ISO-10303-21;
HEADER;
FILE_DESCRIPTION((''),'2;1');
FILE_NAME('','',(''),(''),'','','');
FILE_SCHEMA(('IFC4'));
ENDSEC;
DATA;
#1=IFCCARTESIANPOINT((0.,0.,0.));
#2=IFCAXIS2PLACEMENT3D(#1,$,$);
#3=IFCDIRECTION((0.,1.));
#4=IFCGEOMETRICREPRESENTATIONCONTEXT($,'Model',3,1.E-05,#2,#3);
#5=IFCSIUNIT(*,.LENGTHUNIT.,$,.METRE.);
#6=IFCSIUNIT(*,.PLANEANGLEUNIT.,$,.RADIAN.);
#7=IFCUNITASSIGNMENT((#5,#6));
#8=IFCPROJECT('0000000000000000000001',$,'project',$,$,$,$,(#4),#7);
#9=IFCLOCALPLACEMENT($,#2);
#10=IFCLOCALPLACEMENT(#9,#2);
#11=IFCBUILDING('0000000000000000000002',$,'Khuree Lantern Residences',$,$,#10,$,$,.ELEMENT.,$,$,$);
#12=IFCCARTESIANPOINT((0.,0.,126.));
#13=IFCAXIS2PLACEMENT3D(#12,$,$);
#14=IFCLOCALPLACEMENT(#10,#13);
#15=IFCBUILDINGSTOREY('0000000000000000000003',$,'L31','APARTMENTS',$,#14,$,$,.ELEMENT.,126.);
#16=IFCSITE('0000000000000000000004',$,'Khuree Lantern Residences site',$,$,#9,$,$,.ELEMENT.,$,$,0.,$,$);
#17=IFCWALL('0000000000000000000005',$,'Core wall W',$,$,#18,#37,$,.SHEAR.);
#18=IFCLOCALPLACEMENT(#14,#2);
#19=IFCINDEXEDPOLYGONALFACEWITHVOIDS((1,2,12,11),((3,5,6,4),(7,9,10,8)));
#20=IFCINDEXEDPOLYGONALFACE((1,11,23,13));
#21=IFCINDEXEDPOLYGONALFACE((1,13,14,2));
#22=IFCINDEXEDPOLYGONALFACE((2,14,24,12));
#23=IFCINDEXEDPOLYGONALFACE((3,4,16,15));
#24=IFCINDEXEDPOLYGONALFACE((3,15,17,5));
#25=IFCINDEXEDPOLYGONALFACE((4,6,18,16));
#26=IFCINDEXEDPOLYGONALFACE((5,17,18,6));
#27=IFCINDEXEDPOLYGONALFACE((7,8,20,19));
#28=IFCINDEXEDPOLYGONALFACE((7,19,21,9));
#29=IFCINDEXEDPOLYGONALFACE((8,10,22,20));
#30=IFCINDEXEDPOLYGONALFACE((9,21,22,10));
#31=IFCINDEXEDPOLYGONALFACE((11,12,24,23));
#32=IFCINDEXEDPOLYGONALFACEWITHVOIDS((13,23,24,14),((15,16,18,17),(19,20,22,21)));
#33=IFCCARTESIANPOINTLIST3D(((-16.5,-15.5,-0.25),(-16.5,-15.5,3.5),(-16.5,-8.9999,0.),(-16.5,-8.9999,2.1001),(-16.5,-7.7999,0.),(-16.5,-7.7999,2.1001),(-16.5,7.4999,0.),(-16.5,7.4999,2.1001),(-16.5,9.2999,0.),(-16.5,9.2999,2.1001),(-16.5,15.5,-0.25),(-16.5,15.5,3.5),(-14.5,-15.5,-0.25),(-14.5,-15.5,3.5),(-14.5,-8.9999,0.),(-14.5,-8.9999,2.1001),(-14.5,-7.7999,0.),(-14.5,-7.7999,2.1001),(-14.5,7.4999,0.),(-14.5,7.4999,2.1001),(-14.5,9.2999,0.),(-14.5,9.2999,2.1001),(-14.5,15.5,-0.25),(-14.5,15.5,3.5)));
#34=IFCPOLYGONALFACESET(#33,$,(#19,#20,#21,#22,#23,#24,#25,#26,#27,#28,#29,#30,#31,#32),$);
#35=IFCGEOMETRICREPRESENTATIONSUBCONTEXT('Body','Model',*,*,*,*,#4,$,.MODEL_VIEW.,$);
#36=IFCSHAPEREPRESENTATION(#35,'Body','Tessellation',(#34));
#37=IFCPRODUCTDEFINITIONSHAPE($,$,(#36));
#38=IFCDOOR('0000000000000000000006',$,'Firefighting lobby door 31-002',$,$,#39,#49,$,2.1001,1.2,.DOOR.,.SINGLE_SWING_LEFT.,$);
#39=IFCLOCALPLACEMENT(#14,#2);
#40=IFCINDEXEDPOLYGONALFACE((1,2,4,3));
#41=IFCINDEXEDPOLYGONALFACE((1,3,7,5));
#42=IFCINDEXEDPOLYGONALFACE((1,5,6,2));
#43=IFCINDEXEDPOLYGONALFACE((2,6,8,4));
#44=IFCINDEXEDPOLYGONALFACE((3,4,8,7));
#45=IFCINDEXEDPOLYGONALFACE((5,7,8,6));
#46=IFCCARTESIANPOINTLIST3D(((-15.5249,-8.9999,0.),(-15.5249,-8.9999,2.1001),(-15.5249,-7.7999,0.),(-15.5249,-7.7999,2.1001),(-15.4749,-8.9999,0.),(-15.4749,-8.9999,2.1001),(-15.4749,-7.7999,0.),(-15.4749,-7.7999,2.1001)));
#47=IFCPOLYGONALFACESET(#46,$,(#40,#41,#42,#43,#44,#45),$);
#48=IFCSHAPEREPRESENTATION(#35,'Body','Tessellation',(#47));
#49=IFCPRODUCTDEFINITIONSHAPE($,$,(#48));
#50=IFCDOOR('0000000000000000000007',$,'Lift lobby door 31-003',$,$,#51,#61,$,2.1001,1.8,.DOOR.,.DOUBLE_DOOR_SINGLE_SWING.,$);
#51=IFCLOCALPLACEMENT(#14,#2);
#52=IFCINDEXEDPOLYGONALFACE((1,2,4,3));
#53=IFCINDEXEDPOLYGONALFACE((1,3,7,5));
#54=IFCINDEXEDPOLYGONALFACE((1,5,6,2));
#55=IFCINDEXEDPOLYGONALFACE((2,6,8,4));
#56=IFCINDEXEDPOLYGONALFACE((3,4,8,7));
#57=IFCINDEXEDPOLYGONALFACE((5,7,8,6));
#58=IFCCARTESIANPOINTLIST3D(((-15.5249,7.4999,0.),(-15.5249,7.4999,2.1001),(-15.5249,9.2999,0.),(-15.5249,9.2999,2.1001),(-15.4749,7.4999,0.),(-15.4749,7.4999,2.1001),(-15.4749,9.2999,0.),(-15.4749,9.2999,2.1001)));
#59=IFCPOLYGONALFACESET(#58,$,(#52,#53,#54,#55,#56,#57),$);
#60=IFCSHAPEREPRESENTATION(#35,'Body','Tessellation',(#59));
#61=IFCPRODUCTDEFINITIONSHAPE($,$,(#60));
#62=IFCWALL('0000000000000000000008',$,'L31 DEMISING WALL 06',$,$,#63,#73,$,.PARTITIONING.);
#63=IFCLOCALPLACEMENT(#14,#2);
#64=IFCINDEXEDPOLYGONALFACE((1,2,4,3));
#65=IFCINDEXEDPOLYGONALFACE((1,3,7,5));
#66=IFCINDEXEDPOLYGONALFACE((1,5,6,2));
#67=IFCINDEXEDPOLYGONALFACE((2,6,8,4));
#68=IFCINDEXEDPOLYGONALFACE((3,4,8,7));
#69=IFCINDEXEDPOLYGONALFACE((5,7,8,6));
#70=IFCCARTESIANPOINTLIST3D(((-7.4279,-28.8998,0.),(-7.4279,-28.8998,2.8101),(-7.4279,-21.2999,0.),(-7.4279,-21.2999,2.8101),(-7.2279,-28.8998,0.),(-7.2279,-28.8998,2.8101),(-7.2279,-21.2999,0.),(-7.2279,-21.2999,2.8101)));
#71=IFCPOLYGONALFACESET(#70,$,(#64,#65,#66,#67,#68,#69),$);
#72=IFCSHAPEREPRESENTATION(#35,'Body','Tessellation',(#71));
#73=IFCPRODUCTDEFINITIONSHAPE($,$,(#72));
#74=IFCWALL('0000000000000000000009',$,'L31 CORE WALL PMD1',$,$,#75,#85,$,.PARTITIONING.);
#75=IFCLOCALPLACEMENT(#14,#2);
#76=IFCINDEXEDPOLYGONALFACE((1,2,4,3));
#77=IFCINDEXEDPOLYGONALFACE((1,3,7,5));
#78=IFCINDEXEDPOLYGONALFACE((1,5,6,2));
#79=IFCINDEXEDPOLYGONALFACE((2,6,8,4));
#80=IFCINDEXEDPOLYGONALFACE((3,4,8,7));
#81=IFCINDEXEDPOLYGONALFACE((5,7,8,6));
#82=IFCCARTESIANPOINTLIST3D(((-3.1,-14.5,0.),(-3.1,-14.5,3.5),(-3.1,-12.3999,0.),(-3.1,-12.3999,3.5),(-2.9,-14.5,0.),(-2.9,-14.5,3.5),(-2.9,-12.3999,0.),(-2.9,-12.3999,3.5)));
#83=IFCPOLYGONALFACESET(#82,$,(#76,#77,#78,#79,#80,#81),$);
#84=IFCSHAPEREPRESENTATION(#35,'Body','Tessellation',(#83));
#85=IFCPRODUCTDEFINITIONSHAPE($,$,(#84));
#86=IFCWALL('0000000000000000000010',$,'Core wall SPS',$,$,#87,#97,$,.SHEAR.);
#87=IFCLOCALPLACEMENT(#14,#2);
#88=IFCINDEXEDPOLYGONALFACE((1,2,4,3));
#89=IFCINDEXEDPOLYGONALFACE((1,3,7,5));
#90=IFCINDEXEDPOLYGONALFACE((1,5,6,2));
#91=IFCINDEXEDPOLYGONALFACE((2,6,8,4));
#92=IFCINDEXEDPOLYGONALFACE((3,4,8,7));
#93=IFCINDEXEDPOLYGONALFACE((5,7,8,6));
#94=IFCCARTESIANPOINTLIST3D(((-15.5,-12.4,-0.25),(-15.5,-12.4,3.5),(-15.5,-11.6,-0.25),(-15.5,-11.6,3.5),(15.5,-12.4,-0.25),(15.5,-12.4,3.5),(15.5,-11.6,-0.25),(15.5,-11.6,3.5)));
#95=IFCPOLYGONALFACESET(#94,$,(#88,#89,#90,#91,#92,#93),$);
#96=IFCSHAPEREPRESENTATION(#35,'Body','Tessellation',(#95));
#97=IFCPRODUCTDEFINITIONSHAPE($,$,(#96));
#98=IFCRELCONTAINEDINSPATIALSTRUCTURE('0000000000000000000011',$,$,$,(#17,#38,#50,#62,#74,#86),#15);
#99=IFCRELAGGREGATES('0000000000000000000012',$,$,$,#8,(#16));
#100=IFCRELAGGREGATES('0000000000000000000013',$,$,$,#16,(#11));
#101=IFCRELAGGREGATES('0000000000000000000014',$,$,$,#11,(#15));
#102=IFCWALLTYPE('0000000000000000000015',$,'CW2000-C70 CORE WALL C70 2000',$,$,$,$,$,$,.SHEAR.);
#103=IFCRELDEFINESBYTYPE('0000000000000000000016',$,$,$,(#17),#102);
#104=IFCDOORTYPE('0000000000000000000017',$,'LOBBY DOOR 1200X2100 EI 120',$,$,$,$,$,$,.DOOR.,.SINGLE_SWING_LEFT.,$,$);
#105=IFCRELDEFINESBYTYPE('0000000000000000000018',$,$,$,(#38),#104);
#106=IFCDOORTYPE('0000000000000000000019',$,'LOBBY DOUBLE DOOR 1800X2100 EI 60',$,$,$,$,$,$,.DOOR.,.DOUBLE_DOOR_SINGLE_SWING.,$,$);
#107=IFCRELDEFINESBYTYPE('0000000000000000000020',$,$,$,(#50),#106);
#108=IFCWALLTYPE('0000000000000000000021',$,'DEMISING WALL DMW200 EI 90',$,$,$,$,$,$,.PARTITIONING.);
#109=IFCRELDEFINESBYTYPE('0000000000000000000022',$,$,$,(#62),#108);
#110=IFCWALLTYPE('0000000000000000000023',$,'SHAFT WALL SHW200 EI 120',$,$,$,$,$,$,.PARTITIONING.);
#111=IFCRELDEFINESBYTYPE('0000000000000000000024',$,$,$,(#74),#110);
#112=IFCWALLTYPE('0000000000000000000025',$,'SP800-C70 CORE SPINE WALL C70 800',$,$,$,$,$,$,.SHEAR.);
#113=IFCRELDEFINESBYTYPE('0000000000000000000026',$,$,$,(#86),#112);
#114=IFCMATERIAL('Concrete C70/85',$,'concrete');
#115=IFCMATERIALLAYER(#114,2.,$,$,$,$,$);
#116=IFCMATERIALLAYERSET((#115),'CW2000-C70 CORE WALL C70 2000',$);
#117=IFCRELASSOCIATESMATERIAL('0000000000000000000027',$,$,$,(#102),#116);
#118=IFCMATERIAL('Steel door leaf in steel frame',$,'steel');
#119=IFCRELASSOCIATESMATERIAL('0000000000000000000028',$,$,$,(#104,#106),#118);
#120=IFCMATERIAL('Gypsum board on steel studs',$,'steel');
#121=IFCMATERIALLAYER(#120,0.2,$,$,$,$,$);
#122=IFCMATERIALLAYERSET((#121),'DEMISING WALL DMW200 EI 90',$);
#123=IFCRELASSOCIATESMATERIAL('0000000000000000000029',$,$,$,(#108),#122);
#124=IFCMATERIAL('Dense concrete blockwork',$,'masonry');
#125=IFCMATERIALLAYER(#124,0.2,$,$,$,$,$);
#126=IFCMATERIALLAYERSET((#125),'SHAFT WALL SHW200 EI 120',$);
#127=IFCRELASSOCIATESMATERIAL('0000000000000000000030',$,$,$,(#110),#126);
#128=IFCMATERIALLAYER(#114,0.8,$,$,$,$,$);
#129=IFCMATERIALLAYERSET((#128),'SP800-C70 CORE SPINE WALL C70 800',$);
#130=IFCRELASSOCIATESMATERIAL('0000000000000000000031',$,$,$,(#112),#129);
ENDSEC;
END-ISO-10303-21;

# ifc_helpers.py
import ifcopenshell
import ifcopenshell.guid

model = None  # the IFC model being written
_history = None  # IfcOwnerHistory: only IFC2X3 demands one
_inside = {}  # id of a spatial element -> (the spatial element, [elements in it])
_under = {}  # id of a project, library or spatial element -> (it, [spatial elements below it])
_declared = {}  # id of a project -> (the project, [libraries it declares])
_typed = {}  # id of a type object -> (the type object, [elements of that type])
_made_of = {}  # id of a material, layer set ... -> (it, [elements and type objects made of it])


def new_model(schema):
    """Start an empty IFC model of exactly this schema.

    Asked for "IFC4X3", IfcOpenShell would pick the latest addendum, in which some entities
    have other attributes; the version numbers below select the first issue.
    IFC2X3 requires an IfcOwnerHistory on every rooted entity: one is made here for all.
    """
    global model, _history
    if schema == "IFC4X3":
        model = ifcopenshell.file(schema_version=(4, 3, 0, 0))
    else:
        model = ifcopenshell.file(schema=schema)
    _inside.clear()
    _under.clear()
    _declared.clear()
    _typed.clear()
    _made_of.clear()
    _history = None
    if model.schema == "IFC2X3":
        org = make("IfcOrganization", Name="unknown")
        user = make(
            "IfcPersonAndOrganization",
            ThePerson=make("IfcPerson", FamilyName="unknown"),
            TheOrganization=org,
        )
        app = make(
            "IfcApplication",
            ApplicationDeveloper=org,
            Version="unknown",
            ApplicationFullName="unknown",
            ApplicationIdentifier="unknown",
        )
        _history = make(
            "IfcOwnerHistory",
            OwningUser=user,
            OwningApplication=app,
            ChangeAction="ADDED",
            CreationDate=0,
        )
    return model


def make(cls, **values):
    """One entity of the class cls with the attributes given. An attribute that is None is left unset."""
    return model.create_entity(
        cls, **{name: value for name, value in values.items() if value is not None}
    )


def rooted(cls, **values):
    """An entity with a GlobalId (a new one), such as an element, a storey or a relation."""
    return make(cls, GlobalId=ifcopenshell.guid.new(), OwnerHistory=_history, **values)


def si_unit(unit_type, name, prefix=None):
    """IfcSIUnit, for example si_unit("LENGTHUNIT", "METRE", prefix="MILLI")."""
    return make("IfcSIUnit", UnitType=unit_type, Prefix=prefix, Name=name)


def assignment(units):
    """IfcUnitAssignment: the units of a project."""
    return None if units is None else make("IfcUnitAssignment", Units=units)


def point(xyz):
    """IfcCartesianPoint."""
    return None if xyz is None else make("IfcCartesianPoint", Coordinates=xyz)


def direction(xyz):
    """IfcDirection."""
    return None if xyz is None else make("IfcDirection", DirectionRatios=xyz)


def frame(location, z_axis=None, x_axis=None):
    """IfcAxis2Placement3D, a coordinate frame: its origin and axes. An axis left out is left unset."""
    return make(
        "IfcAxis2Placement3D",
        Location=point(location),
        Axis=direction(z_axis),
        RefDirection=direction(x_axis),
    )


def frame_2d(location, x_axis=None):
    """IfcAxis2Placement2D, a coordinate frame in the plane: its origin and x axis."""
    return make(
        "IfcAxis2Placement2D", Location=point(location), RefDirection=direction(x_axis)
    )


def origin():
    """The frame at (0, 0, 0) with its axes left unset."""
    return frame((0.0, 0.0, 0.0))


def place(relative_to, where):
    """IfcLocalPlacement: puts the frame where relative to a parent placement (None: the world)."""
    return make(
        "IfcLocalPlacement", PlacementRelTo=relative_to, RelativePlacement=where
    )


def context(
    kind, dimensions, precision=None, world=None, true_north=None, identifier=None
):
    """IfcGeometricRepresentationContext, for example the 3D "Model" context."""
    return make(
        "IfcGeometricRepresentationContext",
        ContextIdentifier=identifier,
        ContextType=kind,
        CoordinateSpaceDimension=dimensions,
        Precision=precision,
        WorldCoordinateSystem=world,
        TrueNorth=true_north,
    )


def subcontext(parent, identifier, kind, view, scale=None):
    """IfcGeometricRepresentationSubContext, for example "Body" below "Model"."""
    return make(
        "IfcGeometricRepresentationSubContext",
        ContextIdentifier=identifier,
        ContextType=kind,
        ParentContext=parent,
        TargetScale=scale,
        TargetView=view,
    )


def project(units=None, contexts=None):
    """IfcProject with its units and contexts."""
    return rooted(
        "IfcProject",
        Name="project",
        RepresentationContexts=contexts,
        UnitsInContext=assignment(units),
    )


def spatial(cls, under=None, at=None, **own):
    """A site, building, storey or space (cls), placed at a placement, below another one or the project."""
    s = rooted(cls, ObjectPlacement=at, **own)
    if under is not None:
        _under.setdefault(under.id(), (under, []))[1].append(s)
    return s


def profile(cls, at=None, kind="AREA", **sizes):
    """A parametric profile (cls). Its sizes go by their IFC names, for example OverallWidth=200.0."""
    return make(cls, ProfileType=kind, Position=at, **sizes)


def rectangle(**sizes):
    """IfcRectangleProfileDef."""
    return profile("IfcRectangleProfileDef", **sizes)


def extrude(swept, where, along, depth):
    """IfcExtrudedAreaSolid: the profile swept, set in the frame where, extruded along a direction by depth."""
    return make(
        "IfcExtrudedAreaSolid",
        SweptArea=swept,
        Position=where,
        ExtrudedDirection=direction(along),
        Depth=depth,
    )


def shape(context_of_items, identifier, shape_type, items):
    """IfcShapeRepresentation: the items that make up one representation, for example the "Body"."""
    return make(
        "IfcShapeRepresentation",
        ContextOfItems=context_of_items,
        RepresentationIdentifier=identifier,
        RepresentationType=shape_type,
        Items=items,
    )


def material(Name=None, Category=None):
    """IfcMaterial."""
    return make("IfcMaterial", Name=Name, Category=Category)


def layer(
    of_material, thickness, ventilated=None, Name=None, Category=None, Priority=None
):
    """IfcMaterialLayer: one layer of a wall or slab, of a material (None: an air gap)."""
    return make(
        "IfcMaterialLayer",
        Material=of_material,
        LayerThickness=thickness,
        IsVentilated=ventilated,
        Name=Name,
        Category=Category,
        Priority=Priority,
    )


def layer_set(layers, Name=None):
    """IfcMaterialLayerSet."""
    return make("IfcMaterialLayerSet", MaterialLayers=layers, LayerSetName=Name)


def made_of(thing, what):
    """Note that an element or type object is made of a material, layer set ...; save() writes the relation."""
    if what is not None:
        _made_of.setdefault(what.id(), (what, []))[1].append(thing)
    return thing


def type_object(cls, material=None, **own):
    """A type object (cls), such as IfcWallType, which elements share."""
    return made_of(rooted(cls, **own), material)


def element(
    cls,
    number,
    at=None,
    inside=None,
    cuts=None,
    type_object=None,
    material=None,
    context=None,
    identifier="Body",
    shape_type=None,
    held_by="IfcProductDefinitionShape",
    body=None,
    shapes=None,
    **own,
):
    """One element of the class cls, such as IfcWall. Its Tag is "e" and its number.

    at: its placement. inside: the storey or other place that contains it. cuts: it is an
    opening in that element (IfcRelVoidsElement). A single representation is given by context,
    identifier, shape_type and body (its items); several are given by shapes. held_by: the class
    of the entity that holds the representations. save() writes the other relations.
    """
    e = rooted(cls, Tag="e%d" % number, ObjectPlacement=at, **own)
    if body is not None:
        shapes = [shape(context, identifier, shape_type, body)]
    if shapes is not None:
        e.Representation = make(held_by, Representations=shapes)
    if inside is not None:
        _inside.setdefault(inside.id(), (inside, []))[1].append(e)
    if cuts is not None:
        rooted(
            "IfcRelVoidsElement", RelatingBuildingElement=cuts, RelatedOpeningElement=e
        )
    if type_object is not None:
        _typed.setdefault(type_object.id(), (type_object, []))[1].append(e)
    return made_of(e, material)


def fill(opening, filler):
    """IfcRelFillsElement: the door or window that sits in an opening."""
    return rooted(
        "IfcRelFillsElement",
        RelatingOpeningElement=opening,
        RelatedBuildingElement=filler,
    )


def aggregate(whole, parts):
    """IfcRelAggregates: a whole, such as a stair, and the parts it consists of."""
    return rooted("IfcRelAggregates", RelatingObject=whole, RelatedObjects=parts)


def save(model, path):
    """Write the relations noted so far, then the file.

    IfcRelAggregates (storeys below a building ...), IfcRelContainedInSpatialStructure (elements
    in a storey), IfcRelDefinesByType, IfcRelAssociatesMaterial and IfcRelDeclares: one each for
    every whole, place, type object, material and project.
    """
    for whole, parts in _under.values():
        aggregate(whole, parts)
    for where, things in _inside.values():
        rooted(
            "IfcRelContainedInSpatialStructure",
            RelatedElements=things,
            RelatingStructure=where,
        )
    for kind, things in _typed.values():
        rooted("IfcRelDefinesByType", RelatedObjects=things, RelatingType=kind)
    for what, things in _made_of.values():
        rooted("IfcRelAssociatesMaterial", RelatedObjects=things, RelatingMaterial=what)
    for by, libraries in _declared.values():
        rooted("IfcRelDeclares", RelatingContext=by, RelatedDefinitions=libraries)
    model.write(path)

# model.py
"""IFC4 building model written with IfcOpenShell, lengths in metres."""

from ifc_helpers import new_model, si_unit, direction, frame, frame_2d, origin, place, context, subcontext, project, spatial, rectangle, extrude, material, layer, layer_set, type_object, element, fill, save


model = new_model("IFC4")

# Units and contexts
model_context = context("Model", 3, precision=1e-05, world=origin(), true_north=direction((0.0, 1.0)))
body_context = subcontext(model_context, "Body", "Model", "MODEL_VIEW")
ifc_project = project(units=[si_unit("LENGTHUNIT", "METRE"), si_unit("PLANEANGLEUNIT", "RADIAN")], contexts=[model_context])

# Site, building, storey
site_placement = place(None, origin())
site = spatial("IfcSite", under=ifc_project, at=site_placement, Name="Khuree Lantern Residences site", CompositionType="ELEMENT", RefElevation=0.0)
building_placement = place(site_placement, origin())
building = spatial("IfcBuilding", under=site, at=building_placement, Name="Khuree Lantern Residences", CompositionType="ELEMENT")
storey_placement = place(building_placement, frame((0.0, 0.0, 126.0)))
storey = spatial("IfcBuildingStorey", under=building, at=storey_placement, Name="L31", Description="APARTMENTS", CompositionType="ELEMENT", Elevation=126.0)

# Shared definitions
ifc_material_1 = material(Name="Concrete C70/85", Category="concrete")

# Shared definitions
ifc_material_2 = material(Name="Dense concrete blockwork", Category="masonry")

# Shared definitions
ifc_material_3 = material(Name="Gypsum board on steel studs", Category="steel")

# Wall, openings, doors
ifc_layer_1 = layer(ifc_material_1, 2.0)
ifc_layer_set_1 = layer_set([ifc_layer_1], Name="CW2000-C70 CORE WALL C70 2000")
wall_type_1 = type_object("IfcWallType", Name="CW2000-C70 CORE WALL C70 2000", PredefinedType="SHEAR", material=ifc_layer_set_1)
wall_1_placement = place(storey_placement, frame((-15.5, -15.5, -0.25), z_axis=(0.0, 0.0, 1.0), x_axis=(0.0, 1.0, 0.0)))
wall_1 = element("IfcWall", 1, at=wall_1_placement, inside=storey, type_object=wall_type_1, Name="Core wall W", PredefinedType="SHEAR", context=body_context, shape_type="SweptSolid", body=[
    extrude(rectangle(XDim=31.0, YDim=2.0, at=frame_2d((15.5, 0.0))), origin(), (0.0, 0.0, 1.0), 3.75),
])
opening_1_placement = place(wall_1_placement, frame((6.5, 0.0, 0.25)))
opening_1 = element("IfcOpeningElement", 2, at=opening_1_placement, cuts=wall_1, PredefinedType="OPENING", context=body_context, shape_type="SweptSolid", body=[
    extrude(rectangle(XDim=1.2, YDim=2.1001, at=frame_2d((0.6001, 1.05))), frame((0.0, 1.01, 0.0), z_axis=(0.0, -1.0, 0.0), x_axis=(1.0, 0.0, 0.0)), (0.0, 0.0, 1.0), 2.02),
])
opening_2_placement = place(wall_1_placement, frame((23.0, 0.0, 0.25)))
opening_2 = element("IfcOpeningElement", 3, at=opening_2_placement, cuts=wall_1, PredefinedType="OPENING", context=body_context, shape_type="SweptSolid", body=[
    extrude(rectangle(XDim=1.8, YDim=2.1001, at=frame_2d((0.8999, 1.05))), frame((0.0, 1.01, 0.0), z_axis=(0.0, -1.0, 0.0), x_axis=(1.0, 0.0, 0.0)), (0.0, 0.0, 1.0), 2.02),
])
ifc_material_4 = material(Name="Steel door leaf in steel frame", Category="steel")
door_type_1 = type_object("IfcDoorType", Name="LOBBY DOOR 1200X2100 EI 120", OperationType="SINGLE_SWING_LEFT", PredefinedType="DOOR", material=ifc_material_4)
door_1_placement = place(opening_1_placement, origin())
door_1 = element("IfcDoor", 4, at=door_1_placement, inside=storey, type_object=door_type_1, Name="Firefighting lobby door 31-002", OperationType="SINGLE_SWING_LEFT", OverallHeight=2.1001, OverallWidth=1.2, PredefinedType="DOOR", context=body_context, shape_type="SweptSolid", body=[
    extrude(rectangle(XDim=1.2, YDim=2.1001, at=frame_2d((0.6001, 1.05))), frame((0.0, 0.0249, 0.0), z_axis=(0.0, -1.0, 0.0), x_axis=(1.0, 0.0, 0.0)), (0.0, 0.0, 1.0), 0.05),
])
fill(opening_1, door_1)
door_type_2 = type_object("IfcDoorType", Name="LOBBY DOUBLE DOOR 1800X2100 EI 60", OperationType="DOUBLE_DOOR_SINGLE_SWING", PredefinedType="DOOR", material=ifc_material_4)
door_2_placement = place(opening_2_placement, origin())
door_2 = element("IfcDoor", 5, at=door_2_placement, inside=storey, type_object=door_type_2, Name="Lift lobby door 31-003", OperationType="DOUBLE_DOOR_SINGLE_SWING", OverallHeight=2.1001, OverallWidth=1.8, PredefinedType="DOOR", context=body_context, shape_type="SweptSolid", body=[
    extrude(rectangle(XDim=1.8, YDim=2.1001, at=frame_2d((0.8999, 1.05))), frame((0.0, 0.0249, 0.0), z_axis=(0.0, -1.0, 0.0), x_axis=(1.0, 0.0, 0.0)), (0.0, 0.0, 1.0), 0.05),
])
fill(opening_2, door_2)

# Walls
ifc_layer_2 = layer(ifc_material_3, 0.2)
ifc_layer_set_2 = layer_set([ifc_layer_2], Name="DEMISING WALL DMW200 EI 90")
wall_type_2 = type_object("IfcWallType", Name="DEMISING WALL DMW200 EI 90", PredefinedType="PARTITIONING", material=ifc_layer_set_2)
wall_2_placement = place(storey_placement, frame((-7.3279, -21.3, 0.0), z_axis=(0.0, 0.0, 1.0), x_axis=(0.0, -1.0, 0.0)))
element("IfcWall", 6, at=wall_2_placement, inside=storey, type_object=wall_type_2, Name="L31 DEMISING WALL 06", PredefinedType="PARTITIONING", context=body_context, shape_type="SweptSolid", body=[
    extrude(rectangle(XDim=7.5999, YDim=0.2, at=frame_2d((3.7998, 0.0))), origin(), (0.0, 0.0, 1.0), 2.8101),
])
ifc_layer_3 = layer(ifc_material_2, 0.2)
ifc_layer_set_3 = layer_set([ifc_layer_3], Name="SHAFT WALL SHW200 EI 120")
wall_type_3 = type_object("IfcWallType", Name="SHAFT WALL SHW200 EI 120", PredefinedType="PARTITIONING", material=ifc_layer_set_3)
wall_3_placement = place(storey_placement, frame((-3.0, -14.5, 0.0), z_axis=(0.0, 0.0, 1.0), x_axis=(0.0, 1.0, 0.0)))
element("IfcWall", 7, at=wall_3_placement, inside=storey, type_object=wall_type_3, Name="L31 CORE WALL PMD1", PredefinedType="PARTITIONING", context=body_context, shape_type="SweptSolid", body=[
    extrude(rectangle(XDim=2.1001, YDim=0.2, at=frame_2d((1.05, 0.0))), origin(), (0.0, 0.0, 1.0), 3.5),
])
ifc_layer_4 = layer(ifc_material_1, 0.8)
ifc_layer_set_4 = layer_set([ifc_layer_4], Name="SP800-C70 CORE SPINE WALL C70 800")
wall_type_4 = type_object("IfcWallType", Name="SP800-C70 CORE SPINE WALL C70 800", PredefinedType="SHEAR", material=ifc_layer_set_4)
wall_4_placement = place(storey_placement, frame((-15.5, -12.0, -0.25), z_axis=(0.0, 0.0, 1.0), x_axis=(1.0, 0.0, 0.0)))
element("IfcWall", 8, at=wall_4_placement, inside=storey, type_object=wall_type_4, Name="Core wall SPS", PredefinedType="SHEAR", context=body_context, shape_type="SweptSolid", body=[
    extrude(rectangle(XDim=31.0, YDim=0.8, at=frame_2d((15.5, 0.0))), origin(), (0.0, 0.0, 1.0), 3.75),
])

save(model, "model.ifc")
